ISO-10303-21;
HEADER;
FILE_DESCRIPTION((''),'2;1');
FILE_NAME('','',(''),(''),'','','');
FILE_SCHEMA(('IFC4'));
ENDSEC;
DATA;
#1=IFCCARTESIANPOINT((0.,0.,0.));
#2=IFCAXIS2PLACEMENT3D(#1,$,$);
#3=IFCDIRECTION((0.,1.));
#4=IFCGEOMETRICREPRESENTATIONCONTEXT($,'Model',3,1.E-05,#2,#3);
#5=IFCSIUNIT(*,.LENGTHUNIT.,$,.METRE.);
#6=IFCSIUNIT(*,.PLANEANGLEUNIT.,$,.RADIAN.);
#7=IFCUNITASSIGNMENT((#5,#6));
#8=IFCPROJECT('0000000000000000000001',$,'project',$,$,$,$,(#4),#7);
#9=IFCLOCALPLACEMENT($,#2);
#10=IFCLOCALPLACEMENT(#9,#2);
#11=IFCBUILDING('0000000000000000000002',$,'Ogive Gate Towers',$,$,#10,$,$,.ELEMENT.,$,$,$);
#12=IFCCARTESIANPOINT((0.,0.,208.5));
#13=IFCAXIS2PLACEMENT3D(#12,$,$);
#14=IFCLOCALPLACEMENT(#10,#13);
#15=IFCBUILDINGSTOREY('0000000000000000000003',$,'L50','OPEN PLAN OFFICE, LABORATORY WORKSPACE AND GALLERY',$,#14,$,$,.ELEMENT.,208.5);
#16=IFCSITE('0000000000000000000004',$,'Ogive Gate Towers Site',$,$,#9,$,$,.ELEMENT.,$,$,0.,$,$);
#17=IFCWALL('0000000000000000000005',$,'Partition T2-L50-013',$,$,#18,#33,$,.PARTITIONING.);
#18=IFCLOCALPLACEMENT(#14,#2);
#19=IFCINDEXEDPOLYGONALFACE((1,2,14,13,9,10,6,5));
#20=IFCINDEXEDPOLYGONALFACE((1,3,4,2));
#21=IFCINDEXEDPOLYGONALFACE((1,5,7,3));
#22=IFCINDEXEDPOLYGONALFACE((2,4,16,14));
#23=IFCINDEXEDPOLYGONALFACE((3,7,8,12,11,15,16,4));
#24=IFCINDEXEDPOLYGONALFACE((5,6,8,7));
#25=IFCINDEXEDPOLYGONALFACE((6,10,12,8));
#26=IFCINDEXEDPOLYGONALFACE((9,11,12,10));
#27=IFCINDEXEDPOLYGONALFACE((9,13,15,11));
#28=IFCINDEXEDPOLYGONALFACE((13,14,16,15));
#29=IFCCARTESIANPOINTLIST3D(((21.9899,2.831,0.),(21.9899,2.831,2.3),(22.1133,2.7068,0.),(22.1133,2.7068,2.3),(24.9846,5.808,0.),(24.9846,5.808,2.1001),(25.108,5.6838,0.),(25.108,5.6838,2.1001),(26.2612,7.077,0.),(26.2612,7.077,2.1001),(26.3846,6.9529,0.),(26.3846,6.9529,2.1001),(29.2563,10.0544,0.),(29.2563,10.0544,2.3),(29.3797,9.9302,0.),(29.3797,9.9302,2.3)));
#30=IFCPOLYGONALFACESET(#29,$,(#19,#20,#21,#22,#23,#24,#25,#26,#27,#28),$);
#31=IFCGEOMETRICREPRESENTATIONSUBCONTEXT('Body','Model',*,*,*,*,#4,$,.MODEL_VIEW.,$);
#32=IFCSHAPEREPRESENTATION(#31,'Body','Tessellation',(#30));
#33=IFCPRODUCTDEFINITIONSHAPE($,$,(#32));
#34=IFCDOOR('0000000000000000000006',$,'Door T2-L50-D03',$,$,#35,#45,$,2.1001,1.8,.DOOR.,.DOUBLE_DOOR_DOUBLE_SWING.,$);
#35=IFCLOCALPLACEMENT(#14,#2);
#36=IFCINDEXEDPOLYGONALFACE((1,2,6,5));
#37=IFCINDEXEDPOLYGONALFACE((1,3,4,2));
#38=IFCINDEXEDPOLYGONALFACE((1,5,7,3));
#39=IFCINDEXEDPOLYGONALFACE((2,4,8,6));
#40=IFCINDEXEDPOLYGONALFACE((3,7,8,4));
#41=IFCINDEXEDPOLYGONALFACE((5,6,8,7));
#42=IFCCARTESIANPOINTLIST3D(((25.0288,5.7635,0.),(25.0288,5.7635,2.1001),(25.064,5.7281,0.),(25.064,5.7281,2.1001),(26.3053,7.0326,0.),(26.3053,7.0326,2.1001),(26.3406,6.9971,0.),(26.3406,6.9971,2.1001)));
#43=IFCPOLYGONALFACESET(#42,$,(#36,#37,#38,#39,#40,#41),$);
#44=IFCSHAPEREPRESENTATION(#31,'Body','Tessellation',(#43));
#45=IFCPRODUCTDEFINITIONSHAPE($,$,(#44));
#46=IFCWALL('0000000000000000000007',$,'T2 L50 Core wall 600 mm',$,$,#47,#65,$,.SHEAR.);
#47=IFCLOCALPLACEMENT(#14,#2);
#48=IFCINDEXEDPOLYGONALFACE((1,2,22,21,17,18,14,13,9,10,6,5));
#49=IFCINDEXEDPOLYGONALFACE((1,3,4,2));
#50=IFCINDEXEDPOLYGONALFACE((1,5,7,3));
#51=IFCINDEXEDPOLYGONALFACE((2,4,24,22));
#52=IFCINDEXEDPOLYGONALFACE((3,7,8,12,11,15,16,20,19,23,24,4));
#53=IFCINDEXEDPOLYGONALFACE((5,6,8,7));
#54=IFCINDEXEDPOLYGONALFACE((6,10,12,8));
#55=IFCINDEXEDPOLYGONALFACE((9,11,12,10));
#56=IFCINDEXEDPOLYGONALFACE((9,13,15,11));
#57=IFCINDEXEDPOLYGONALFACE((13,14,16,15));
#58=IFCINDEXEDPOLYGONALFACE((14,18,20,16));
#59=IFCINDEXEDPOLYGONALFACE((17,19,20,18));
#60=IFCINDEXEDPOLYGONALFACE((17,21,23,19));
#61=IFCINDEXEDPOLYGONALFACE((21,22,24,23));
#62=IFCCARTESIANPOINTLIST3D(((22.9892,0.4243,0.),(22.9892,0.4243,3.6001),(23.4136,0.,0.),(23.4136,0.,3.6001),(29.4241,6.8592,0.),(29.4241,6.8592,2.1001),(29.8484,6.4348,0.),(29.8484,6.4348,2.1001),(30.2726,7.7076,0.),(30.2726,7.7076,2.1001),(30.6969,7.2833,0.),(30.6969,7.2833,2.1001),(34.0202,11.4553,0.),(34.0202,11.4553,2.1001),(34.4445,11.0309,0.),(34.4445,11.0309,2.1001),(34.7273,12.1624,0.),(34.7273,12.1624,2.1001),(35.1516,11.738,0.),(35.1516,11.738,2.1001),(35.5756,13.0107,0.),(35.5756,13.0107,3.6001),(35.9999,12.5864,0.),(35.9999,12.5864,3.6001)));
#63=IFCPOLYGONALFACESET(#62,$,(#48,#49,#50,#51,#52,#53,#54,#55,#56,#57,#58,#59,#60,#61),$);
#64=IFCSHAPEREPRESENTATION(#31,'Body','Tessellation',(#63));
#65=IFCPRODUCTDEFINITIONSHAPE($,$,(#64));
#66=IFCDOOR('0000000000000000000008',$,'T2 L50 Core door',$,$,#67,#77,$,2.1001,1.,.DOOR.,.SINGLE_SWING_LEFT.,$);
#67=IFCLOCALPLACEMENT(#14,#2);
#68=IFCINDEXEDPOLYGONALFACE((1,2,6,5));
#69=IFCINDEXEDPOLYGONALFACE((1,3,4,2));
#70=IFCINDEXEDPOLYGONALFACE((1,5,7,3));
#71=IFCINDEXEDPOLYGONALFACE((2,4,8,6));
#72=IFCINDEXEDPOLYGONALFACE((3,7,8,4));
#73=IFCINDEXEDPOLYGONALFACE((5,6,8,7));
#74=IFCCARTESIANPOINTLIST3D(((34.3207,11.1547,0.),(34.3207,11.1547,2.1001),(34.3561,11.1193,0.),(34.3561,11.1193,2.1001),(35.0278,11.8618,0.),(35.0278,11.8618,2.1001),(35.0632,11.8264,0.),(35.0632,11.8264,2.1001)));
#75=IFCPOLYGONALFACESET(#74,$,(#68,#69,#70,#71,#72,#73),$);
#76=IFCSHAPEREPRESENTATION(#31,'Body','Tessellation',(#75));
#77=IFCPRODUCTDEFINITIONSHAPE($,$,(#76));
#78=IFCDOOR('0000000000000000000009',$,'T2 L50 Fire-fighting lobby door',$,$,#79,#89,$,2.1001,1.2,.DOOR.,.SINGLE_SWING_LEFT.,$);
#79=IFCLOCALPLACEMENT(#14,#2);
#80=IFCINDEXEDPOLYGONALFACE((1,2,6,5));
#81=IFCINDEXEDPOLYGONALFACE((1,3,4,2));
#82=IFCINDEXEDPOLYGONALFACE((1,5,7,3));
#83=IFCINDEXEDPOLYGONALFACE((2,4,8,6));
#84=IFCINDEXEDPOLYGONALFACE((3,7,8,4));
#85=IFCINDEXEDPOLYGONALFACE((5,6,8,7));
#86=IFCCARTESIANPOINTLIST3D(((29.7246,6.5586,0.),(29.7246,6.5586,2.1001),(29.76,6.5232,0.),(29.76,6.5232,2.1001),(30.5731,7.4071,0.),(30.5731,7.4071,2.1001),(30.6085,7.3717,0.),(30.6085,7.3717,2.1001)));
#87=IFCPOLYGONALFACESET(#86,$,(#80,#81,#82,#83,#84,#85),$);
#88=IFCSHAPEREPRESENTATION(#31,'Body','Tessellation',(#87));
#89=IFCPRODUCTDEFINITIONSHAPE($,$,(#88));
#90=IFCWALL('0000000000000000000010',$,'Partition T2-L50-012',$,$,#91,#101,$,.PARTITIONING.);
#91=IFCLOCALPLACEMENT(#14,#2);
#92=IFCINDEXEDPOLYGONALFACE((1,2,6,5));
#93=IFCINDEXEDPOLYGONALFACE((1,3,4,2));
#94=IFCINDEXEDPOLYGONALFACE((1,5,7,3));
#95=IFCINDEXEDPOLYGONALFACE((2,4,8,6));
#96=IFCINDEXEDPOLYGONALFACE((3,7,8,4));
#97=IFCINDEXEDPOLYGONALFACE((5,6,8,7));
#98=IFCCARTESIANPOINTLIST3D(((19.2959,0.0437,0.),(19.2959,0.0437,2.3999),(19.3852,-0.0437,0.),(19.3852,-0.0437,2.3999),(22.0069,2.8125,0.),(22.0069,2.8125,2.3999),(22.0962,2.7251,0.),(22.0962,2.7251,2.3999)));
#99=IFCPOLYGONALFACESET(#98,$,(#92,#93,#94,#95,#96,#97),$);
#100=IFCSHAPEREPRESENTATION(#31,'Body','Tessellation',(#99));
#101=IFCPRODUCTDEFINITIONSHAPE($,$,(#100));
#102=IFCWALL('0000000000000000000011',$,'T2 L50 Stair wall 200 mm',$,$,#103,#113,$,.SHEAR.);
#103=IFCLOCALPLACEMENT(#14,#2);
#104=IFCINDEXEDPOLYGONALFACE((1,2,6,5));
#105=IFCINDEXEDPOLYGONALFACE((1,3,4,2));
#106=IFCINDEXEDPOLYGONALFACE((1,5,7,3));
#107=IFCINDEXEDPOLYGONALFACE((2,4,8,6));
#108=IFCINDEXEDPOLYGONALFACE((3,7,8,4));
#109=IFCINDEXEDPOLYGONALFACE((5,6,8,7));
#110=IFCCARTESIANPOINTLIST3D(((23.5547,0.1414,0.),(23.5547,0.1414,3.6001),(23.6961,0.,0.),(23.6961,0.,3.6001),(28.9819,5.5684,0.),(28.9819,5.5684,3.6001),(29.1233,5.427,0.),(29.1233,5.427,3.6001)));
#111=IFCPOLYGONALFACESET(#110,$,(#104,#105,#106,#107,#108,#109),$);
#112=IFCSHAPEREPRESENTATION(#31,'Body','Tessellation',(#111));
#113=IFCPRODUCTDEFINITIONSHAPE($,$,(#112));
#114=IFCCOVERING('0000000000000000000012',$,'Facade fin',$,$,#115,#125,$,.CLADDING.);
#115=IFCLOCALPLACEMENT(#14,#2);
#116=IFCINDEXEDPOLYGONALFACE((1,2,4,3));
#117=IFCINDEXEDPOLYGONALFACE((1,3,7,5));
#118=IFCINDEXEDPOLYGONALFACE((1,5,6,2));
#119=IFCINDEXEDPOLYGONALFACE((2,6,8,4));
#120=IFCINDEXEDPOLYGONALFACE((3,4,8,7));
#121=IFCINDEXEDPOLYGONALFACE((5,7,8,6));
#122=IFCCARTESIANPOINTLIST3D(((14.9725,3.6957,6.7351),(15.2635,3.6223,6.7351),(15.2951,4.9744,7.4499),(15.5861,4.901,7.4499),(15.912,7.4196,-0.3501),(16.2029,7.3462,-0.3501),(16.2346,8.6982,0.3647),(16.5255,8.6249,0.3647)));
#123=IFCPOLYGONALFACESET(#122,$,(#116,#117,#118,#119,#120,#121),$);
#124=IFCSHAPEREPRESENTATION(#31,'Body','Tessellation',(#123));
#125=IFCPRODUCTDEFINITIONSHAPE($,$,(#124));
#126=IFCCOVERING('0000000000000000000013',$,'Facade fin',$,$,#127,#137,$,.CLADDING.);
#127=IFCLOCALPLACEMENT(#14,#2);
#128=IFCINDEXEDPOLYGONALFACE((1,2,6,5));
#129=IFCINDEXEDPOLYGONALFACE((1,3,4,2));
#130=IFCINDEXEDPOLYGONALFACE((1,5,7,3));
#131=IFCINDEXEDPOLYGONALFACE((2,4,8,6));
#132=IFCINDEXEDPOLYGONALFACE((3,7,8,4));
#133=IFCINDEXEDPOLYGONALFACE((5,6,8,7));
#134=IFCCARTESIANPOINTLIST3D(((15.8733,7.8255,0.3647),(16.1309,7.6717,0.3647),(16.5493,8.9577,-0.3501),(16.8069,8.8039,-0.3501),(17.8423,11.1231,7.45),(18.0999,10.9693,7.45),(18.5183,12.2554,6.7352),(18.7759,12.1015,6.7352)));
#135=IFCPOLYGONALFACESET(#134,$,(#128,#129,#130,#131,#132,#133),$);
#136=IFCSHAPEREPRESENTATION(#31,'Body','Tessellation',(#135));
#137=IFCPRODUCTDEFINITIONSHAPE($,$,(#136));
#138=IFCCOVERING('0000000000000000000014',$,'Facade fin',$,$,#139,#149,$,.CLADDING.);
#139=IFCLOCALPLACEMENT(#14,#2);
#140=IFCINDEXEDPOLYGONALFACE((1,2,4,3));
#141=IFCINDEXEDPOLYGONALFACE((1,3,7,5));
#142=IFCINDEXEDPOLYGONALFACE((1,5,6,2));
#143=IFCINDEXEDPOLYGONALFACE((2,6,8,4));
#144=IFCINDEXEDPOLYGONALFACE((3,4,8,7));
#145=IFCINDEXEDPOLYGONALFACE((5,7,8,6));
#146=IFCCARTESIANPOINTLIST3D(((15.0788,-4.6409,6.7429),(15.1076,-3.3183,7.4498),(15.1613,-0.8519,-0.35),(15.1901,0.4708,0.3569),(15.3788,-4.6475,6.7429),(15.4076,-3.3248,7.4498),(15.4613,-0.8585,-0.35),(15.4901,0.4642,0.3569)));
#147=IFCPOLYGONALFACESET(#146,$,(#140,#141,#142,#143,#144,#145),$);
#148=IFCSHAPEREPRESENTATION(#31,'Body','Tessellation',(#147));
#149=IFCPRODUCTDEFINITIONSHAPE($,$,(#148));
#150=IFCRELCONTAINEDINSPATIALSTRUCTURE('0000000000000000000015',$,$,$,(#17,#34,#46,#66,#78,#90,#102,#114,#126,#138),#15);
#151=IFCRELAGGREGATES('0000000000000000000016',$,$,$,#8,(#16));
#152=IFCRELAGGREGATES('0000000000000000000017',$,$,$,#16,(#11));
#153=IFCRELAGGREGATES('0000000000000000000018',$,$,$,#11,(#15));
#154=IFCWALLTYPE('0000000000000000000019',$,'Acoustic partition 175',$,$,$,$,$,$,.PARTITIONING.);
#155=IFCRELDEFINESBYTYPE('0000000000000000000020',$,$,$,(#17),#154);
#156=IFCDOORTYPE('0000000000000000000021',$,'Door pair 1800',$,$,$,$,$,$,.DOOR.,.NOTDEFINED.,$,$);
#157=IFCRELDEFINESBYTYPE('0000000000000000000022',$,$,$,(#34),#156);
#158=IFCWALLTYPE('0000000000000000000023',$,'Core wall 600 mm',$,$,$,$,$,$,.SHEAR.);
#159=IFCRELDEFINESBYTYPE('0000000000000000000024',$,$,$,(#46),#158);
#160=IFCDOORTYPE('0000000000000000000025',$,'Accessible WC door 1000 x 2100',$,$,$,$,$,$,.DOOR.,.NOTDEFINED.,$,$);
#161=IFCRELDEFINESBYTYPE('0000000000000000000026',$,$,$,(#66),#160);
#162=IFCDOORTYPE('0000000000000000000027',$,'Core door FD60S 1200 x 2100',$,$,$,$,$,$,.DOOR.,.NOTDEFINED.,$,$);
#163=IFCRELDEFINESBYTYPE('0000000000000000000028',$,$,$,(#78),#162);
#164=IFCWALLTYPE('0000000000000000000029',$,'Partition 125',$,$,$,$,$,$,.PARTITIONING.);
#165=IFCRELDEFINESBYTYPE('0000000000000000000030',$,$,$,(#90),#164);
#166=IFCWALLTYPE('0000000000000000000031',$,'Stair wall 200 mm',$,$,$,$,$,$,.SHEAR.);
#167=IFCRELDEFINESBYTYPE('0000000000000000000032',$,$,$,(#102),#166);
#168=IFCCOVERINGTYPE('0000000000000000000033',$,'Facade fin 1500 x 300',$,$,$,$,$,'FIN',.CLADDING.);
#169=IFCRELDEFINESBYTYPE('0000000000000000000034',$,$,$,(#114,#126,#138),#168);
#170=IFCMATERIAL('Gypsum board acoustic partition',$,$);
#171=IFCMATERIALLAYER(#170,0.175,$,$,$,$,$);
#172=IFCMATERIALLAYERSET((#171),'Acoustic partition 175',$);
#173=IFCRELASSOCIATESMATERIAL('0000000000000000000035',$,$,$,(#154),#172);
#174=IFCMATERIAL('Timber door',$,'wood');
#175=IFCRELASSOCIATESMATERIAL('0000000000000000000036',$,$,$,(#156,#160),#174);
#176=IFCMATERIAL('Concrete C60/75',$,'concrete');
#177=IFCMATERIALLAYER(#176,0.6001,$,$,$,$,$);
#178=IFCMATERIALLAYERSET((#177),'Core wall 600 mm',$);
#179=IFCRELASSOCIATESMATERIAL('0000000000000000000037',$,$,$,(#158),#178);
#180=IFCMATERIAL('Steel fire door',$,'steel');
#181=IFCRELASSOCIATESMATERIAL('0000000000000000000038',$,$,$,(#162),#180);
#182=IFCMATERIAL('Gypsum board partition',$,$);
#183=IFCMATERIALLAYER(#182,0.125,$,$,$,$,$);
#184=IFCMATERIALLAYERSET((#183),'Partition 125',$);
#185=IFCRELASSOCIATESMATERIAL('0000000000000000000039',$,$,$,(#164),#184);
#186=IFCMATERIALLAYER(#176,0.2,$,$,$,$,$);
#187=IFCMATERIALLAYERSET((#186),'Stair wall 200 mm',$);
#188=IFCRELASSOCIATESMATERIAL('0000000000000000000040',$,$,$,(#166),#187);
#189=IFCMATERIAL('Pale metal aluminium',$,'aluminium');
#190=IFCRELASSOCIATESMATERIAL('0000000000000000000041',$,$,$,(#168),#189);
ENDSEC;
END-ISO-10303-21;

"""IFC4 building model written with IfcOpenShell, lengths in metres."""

from ifc_helpers import new_model, si_unit, direction, frame, frame_2d, origin, origin_2d, place, context, subcontext, project, spatial, rectangle, extrude, material, layer, layer_set, material_profile, profile_set, type_object, element, fill, save


model = new_model("IFC4")

# Units and contexts
model_context = context("Model", 3, precision=1e-05, world=origin(), true_north=direction((0.0, 1.0)))
body_context = subcontext(model_context, "Body", "Model", "MODEL_VIEW")
ifc_project = project(units=[si_unit("LENGTHUNIT", "METRE"), si_unit("PLANEANGLEUNIT", "RADIAN")], contexts=[model_context])

# Site, building, storey
site_placement = place(None, origin())
site = spatial("IfcSite", under=ifc_project, at=site_placement, Name="Ogive Gate Towers Site", CompositionType="ELEMENT", RefElevation=0.0)
building_placement = place(site_placement, origin())
building = spatial("IfcBuilding", under=site, at=building_placement, Name="Ogive Gate Towers", CompositionType="ELEMENT")
storey_placement = place(building_placement, frame((0.0, 0.0, 208.5)))
storey = spatial("IfcBuildingStorey", under=building, at=storey_placement, Name="L50", Description="OPEN PLAN OFFICE, LABORATORY WORKSPACE AND GALLERY", CompositionType="ELEMENT", Elevation=208.5)

# Shared definitions
ifc_material_1 = material(Name="Pale metal aluminium", Category="aluminium")

# Wall, opening, door
ifc_material_2 = material(Name="Gypsum board acoustic partition")
ifc_layer_1 = layer(ifc_material_2, 0.175)
ifc_layer_set_1 = layer_set([ifc_layer_1], Name="Acoustic partition 175")
wall_type_1 = type_object("IfcWallType", Name="Acoustic partition 175", PredefinedType="PARTITIONING", material=ifc_layer_set_1)
wall_1_placement = place(storey_placement, frame((22.0515, 2.7688, 0.0), z_axis=(0.0, 0.0, 1.0), x_axis=(0.709201, 0.705007, 0.0)))
wall_1 = element("IfcWall", 1, at=wall_1_placement, inside=storey, type_object=wall_type_1, Name="Partition T2-L50-013", PredefinedType="PARTITIONING", context=body_context, shape_type="SweptSolid", body=[
    extrude(rectangle(XDim=10.2458, YDim=0.175, at=frame_2d((5.123, 0.0))), origin(), (0.0, 0.0, 1.0), 2.3),
])
opening_1_placement = place(wall_1_placement, frame((4.2229, 0.0, 0.0)))
opening_1 = element("IfcOpeningElement", 2, at=opening_1_placement, cuts=wall_1, PredefinedType="OPENING", context=body_context, shape_type="SweptSolid", body=[
    extrude(rectangle(XDim=1.8, YDim=2.1001, at=frame_2d((0.8999, 1.05))), frame((0.0, 0.0977, 0.0), z_axis=(0.0, -1.0, 0.0), x_axis=(1.0, 0.0, 0.0)), (0.0, 0.0, 1.0), 0.1951),
])
ifc_material_3 = material(Name="Timber door", Category="wood")
door_type_1 = type_object("IfcDoorType", Name="Door pair 1800", OperationType="NOTDEFINED", PredefinedType="DOOR", material=ifc_material_3)
door_1_placement = place(opening_1_placement, origin())
door_1 = element("IfcDoor", 3, at=door_1_placement, inside=storey, type_object=door_type_1, Name="Door T2-L50-D03", OperationType="DOUBLE_DOOR_DOUBLE_SWING", OverallHeight=2.1001, OverallWidth=1.8, PredefinedType="DOOR", context=body_context, shape_type="SweptSolid", body=[
    extrude(rectangle(XDim=1.8, YDim=2.1001, at=frame_2d((0.8999, 1.05))), frame((0.0, 0.0249, 0.0), z_axis=(0.0, -1.0, 0.0), x_axis=(1.0, 0.0, 0.0)), (0.0, 0.0, 1.0), 0.05),
])
fill(opening_1, door_1)

# Wall, openings, doors
ifc_material_4 = material(Name="Concrete C60/75", Category="concrete")
ifc_layer_2 = layer(ifc_material_4, 0.6001)
ifc_layer_set_2 = layer_set([ifc_layer_2], Name="Core wall 600 mm")
wall_type_2 = type_object("IfcWallType", Name="Core wall 600 mm", PredefinedType="SHEAR", material=ifc_layer_set_2)
wall_2_placement = place(storey_placement, frame((23.2014, 0.2122, 0.0), z_axis=(0.0, 0.0, 1.0), x_axis=(0.707107, 0.707107, 0.0)))
wall_2 = element("IfcWall", 4, at=wall_2_placement, inside=storey, type_object=wall_type_2, Name="T2 L50 Core wall 600 mm", PredefinedType="SHEAR", context=body_context, shape_type="SweptSolid", body=[
    extrude(rectangle(XDim=17.7998, YDim=0.6001, at=frame_2d((8.8999, 0.0))), origin(), (0.0, 0.0, 1.0), 3.6001),
])
opening_2_placement = place(wall_2_placement, frame((9.1001, 0.0, 0.0)))
opening_2 = element("IfcOpeningElement", 5, at=opening_2_placement, cuts=wall_2, PredefinedType="OPENING", context=body_context, shape_type="SweptSolid", body=[
    extrude(rectangle(XDim=1.2, YDim=2.1001, at=frame_2d((0.6001, 1.05))), frame((0.0, 0.3101, 0.0), z_axis=(0.0, -1.0, 0.0), x_axis=(1.0, 0.0, 0.0)), (0.0, 0.0, 1.0), 0.6201),
])
opening_3_placement = place(wall_2_placement, frame((15.6001, 0.0, 0.0)))
opening_3 = element("IfcOpeningElement", 6, at=opening_3_placement, cuts=wall_2, PredefinedType="OPENING", context=body_context, shape_type="SweptSolid", body=[
    extrude(rectangle(XDim=1.0, YDim=2.1001, at=frame_2d((0.5, 1.05))), frame((0.0, 0.3101, 0.0), z_axis=(0.0, -1.0, 0.0), x_axis=(1.0, 0.0, 0.0)), (0.0, 0.0, 1.0), 0.6201),
])
door_type_2 = type_object("IfcDoorType", Name="Accessible WC door 1000 x 2100", OperationType="NOTDEFINED", PredefinedType="DOOR", material=ifc_material_3)
door_2_placement = place(opening_3_placement, origin())
door_2 = element("IfcDoor", 7, at=door_2_placement, inside=storey, type_object=door_type_2, Name="T2 L50 Core door", OperationType="SINGLE_SWING_LEFT", OverallHeight=2.1001, OverallWidth=1.0, PredefinedType="DOOR", context=body_context, shape_type="SweptSolid", body=[
    extrude(rectangle(XDim=1.0, YDim=2.1001, at=frame_2d((0.5, 1.05))), frame((0.0, -0.125, 0.0), z_axis=(0.0, -1.0, 0.0), x_axis=(1.0, 0.0, 0.0)), (0.0, 0.0, 1.0), 0.05),
])
fill(opening_3, door_2)
ifc_material_5 = material(Name="Steel fire door", Category="steel")
door_type_3 = type_object("IfcDoorType", Name="Core door FD60S 1200 x 2100", OperationType="NOTDEFINED", PredefinedType="DOOR", material=ifc_material_5)
door_3_placement = place(opening_2_placement, origin())
door_3 = element("IfcDoor", 8, at=door_3_placement, inside=storey, type_object=door_type_3, Name="T2 L50 Fire-fighting lobby door", OperationType="SINGLE_SWING_LEFT", OverallHeight=2.1001, OverallWidth=1.2, PredefinedType="DOOR", context=body_context, shape_type="SweptSolid", body=[
    extrude(rectangle(XDim=1.2, YDim=2.1001, at=frame_2d((0.6001, 1.05))), frame((0.0, -0.125, 0.0), z_axis=(0.0, -1.0, 0.0), x_axis=(1.0, 0.0, 0.0)), (0.0, 0.0, 1.0), 0.05),
])
fill(opening_2, door_3)

# Walls
ifc_material_6 = material(Name="Gypsum board partition")
ifc_layer_3 = layer(ifc_material_6, 0.125)
ifc_layer_set_3 = layer_set([ifc_layer_3], Name="Partition 125")
wall_type_3 = type_object("IfcWallType", Name="Partition 125", PredefinedType="PARTITIONING", material=ifc_layer_set_3)
wall_3_placement = place(storey_placement, frame((19.3406, 0.0, 0.0), z_axis=(0.0, 0.0, 1.0), x_axis=(0.699601, 0.714533, 0.0)))
element("IfcWall", 9, at=wall_3_placement, inside=storey, type_object=wall_type_3, Name="Partition T2-L50-012", PredefinedType="PARTITIONING", context=body_context, shape_type="SweptSolid", body=[
    extrude(rectangle(XDim=3.875, YDim=0.125, at=frame_2d((1.9375, 0.0))), origin(), (0.0, 0.0, 1.0), 2.3999),
])
ifc_layer_4 = layer(ifc_material_4, 0.2)
ifc_layer_set_4 = layer_set([ifc_layer_4], Name="Stair wall 200 mm")
wall_type_4 = type_object("IfcWallType", Name="Stair wall 200 mm", PredefinedType="SHEAR", material=ifc_layer_set_4)
wall_4_placement = place(storey_placement, frame((23.6255, 0.0708, 0.0), z_axis=(0.0, 0.0, 1.0), x_axis=(0.707123, 0.707091, 0.0)))
element("IfcWall", 10, at=wall_4_placement, inside=storey, type_object=wall_type_4, Name="T2 L50 Stair wall 200 mm", PredefinedType="SHEAR", context=body_context, shape_type="SweptSolid", body=[
    extrude(rectangle(XDim=7.675, YDim=0.2, at=frame_2d((3.8374, 0.0))), origin(), (0.0, 0.0, 1.0), 3.6001),
])

# Coverings
ifc_material_profile_1 = material_profile(ifc_material_1, rectangle(XDim=0.3, YDim=1.5, at=origin_2d()), Name="1500 x 300 pale metal aluminium")
ifc_profile_set_1 = profile_set([ifc_material_profile_1], Name="Pale metal aluminium")
covering_type = type_object("IfcCoveringType", Name="Facade fin 1500 x 300", ElementType="FIN", PredefinedType="CLADDING", material=ifc_profile_set_1)
covering_1_placement = place(storey_placement, frame((16.2188, 8.0222, 0.0073), z_axis=(-0.11657, -0.462068, 0.87915), x_axis=(0.969621, -0.244614, 0.0)))
element("IfcCovering", 11, at=covering_1_placement, inside=storey, type_object=covering_type, Name="Facade fin", PredefinedType="CLADDING", context=body_context, shape_type="SweptSolid", body=[
    extrude(rectangle(XDim=0.3, YDim=1.5, at=origin_2d()), origin(), (0.0, 0.0, 1.0), 8.0591),
])
covering_2_placement = place(storey_placement, frame((16.3401, 8.3147, 0.0073), z_axis=(0.244315, 0.409171, 0.879141), x_axis=(-0.85859, 0.512662, 0.0)))
element("IfcCovering", 12, at=covering_2_placement, inside=storey, type_object=covering_type, Name="Facade fin", PredefinedType="CLADDING", context=body_context, shape_type="SweptSolid", body=[
    extrude(rectangle(XDim=0.3, YDim=1.5, at=origin_2d()), origin(), (0.0, 0.0, 1.0), 8.0593),
])
covering_3_placement = place(storey_placement, frame((15.3257, -0.1938, 0.0034), z_axis=(-0.010261, -0.471156, 0.88199), x_axis=(0.999763, -0.021773, 0.0)))
element("IfcCovering", 13, at=covering_3_placement, inside=storey, type_object=covering_type, Name="Facade fin", PredefinedType="CLADDING", context=body_context, shape_type="SweptSolid", body=[
    extrude(rectangle(XDim=0.3, YDim=1.5, at=origin_2d()), origin(), (0.0, 0.0, 1.0), 8.042),
])

save(model, "model.ifc")
